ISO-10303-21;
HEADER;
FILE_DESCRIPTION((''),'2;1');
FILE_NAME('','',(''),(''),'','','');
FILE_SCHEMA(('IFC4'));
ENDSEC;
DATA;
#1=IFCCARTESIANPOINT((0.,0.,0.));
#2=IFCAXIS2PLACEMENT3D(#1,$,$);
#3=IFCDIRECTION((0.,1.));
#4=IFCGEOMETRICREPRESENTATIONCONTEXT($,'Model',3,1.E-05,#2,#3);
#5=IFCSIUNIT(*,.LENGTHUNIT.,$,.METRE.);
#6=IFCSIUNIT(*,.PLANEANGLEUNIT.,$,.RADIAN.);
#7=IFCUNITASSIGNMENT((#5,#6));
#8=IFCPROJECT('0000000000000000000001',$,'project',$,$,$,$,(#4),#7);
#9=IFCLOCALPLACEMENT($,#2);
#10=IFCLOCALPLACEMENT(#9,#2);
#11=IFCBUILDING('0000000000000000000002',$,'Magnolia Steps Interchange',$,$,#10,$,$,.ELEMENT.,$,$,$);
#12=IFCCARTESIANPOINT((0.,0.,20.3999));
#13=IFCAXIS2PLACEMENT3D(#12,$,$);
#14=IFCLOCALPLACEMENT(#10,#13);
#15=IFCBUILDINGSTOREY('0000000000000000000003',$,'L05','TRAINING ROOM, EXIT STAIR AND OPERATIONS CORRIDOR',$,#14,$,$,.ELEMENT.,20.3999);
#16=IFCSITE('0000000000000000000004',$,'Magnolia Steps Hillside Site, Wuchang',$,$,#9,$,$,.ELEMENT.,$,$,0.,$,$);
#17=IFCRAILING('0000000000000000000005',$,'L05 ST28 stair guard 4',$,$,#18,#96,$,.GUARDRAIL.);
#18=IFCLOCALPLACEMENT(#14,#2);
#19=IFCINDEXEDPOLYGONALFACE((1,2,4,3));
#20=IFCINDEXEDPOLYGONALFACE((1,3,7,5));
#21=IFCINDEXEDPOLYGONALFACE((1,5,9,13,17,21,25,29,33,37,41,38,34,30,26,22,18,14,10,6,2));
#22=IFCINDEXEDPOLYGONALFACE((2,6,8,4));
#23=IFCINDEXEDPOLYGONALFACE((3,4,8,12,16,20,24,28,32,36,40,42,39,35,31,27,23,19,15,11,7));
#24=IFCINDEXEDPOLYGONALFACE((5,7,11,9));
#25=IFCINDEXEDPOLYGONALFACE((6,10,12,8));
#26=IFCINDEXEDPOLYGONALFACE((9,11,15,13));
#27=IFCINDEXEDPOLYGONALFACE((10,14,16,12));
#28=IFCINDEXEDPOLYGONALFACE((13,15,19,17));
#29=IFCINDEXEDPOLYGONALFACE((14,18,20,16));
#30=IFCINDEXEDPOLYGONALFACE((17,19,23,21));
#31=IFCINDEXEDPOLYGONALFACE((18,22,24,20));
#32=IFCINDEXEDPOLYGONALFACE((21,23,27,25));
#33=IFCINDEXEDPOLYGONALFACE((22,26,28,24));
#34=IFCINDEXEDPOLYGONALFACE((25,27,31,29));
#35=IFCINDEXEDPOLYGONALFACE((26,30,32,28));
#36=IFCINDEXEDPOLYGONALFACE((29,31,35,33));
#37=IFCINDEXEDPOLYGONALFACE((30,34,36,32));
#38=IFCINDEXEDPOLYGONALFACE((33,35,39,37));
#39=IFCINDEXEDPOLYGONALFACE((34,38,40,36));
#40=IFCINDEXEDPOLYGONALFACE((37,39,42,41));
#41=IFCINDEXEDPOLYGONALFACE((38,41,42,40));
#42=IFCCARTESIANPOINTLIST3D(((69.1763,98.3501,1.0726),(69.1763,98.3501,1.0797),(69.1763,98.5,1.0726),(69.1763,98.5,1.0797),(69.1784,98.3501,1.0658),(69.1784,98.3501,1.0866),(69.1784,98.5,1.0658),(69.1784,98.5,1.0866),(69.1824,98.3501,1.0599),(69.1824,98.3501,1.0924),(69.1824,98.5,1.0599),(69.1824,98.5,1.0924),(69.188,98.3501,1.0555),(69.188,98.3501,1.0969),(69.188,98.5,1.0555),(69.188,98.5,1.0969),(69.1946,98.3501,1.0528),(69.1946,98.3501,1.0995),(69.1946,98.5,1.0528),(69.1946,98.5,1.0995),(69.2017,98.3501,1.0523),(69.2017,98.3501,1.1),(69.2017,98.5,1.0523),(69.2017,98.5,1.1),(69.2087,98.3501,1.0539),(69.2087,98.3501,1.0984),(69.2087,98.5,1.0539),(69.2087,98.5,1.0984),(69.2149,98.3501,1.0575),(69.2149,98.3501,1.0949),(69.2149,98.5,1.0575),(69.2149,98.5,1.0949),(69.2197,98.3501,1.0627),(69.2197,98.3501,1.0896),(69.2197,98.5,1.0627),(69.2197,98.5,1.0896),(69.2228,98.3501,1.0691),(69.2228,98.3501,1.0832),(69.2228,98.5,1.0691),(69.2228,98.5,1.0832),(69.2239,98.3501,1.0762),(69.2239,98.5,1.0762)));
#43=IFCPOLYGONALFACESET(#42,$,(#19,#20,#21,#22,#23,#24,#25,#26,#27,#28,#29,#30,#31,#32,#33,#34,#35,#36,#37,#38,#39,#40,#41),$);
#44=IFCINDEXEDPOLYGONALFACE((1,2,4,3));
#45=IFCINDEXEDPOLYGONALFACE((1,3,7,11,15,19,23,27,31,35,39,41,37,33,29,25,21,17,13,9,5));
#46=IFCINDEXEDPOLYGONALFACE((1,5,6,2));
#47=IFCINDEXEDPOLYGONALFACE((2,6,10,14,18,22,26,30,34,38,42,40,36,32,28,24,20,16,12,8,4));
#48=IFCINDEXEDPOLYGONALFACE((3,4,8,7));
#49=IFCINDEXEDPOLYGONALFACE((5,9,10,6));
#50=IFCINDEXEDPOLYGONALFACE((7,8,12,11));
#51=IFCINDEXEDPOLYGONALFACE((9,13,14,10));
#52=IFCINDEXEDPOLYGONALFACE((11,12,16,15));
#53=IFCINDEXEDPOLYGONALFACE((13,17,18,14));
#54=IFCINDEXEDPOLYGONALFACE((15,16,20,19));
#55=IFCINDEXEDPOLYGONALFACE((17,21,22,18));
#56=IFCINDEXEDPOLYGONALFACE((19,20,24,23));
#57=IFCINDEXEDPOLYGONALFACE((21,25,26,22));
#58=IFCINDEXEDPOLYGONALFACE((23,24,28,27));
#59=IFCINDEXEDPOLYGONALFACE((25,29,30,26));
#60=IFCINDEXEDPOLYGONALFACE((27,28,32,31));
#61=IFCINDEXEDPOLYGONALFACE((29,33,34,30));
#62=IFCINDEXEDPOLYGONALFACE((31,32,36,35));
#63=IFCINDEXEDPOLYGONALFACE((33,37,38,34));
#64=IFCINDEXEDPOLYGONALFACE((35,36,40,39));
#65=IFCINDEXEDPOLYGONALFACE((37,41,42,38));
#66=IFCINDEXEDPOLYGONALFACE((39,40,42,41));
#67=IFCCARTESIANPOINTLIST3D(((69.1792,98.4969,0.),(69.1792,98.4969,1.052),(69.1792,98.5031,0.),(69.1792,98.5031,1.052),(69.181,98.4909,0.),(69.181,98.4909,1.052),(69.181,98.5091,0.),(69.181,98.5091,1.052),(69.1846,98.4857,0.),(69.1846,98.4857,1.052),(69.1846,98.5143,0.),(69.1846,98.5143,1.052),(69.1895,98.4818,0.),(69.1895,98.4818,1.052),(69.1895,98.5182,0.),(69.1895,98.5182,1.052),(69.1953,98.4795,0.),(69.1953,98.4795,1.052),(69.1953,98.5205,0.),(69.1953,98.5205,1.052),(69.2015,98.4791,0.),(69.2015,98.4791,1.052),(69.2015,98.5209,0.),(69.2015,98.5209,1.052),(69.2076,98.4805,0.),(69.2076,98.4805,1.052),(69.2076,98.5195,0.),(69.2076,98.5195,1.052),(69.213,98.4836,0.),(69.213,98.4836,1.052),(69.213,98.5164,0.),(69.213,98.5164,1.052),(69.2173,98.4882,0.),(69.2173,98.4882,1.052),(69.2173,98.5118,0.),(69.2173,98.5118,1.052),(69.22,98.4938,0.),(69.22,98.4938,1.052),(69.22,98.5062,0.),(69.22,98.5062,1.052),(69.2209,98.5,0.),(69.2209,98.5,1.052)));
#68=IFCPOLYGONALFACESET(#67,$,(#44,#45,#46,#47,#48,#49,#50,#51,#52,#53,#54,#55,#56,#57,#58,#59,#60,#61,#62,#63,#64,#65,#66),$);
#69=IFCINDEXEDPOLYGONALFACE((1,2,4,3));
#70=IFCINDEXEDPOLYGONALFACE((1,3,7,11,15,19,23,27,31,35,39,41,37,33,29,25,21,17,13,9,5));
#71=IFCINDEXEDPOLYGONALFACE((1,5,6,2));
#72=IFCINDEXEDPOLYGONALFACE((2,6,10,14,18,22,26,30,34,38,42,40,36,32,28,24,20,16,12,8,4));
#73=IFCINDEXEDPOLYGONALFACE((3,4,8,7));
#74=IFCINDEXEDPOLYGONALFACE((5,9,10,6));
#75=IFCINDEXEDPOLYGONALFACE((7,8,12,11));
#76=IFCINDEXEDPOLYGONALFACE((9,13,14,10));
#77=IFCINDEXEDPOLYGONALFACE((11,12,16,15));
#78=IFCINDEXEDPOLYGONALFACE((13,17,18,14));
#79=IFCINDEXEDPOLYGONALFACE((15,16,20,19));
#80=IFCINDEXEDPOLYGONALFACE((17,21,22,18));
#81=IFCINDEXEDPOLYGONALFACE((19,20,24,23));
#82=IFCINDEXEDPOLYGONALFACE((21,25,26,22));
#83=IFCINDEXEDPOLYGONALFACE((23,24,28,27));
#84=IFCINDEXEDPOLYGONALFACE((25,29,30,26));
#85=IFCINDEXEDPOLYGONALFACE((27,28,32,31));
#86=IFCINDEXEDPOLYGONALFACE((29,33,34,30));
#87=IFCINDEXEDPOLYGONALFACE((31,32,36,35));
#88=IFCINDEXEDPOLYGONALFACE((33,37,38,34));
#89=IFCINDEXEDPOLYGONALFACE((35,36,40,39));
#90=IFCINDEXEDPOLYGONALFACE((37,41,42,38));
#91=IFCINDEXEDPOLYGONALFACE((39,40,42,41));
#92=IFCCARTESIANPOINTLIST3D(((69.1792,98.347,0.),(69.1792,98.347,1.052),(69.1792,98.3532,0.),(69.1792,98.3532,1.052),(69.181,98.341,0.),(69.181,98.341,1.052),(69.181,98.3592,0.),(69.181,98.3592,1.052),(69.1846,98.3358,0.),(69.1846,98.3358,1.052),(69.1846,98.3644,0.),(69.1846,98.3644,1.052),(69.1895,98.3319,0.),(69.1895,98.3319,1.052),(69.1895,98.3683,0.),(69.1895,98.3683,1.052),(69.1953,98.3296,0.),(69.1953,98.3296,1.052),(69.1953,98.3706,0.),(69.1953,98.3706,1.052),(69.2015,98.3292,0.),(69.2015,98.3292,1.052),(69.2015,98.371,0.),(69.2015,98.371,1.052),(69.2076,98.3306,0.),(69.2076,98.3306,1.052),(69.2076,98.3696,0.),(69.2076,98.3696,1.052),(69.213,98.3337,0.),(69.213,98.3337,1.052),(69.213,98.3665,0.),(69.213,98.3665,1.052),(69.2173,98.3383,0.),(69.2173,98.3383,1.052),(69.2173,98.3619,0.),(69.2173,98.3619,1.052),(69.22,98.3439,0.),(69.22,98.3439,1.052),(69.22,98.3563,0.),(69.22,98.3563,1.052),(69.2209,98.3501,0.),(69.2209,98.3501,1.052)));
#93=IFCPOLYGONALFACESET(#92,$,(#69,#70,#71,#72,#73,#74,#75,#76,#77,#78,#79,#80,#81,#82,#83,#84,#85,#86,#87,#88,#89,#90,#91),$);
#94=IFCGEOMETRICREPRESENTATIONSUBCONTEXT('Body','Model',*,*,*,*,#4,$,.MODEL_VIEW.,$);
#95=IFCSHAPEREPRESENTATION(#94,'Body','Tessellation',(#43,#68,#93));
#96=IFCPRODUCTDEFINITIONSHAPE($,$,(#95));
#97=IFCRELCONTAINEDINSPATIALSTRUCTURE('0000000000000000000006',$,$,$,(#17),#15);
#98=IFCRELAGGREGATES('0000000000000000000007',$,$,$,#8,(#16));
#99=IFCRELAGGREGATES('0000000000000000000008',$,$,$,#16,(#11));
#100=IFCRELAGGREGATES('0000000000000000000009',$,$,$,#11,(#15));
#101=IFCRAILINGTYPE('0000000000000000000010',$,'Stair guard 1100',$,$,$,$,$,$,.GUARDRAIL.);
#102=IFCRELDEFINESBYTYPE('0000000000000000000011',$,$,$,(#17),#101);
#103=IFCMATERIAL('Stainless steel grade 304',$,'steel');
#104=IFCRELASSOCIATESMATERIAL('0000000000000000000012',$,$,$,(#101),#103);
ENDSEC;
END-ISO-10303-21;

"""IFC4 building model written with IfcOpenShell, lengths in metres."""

from ifc_helpers import new_model, si_unit, direction, frame, origin, origin_2d, place, context, subcontext, project, spatial, circle, extrude, material, type_object, element, save


model = new_model("IFC4")

# Units and contexts
model_context = context("Model", 3, precision=1e-05, world=origin(), true_north=direction((0.0, 1.0)))
body_context = subcontext(model_context, "Body", "Model", "MODEL_VIEW")
ifc_project = project(units=[si_unit("LENGTHUNIT", "METRE"), si_unit("PLANEANGLEUNIT", "RADIAN")], contexts=[model_context])

# Site, building, storey
site_placement = place(None, origin())
site = spatial("IfcSite", under=ifc_project, at=site_placement, Name="Magnolia Steps Hillside Site, Wuchang", CompositionType="ELEMENT", RefElevation=0.0)
building_placement = place(site_placement, origin())
building = spatial("IfcBuilding", under=site, at=building_placement, Name="Magnolia Steps Interchange", CompositionType="ELEMENT")
storey_placement = place(building_placement, frame((0.0, 0.0, 20.3999)))
storey = spatial("IfcBuildingStorey", under=building, at=storey_placement, Name="L05", Description="TRAINING ROOM, EXIT STAIR AND OPERATIONS CORRIDOR", CompositionType="ELEMENT", Elevation=20.3999)

# Railing
ifc_material_1 = material(Name="Stainless steel grade 304", Category="steel")
railing_type_1 = type_object("IfcRailingType", Name="Stair guard 1100", PredefinedType="GUARDRAIL", material=ifc_material_1)
railing_1_placement = place(storey_placement, frame((69.2, 98.5, 0.0)))
element("IfcRailing", 1, at=railing_1_placement, inside=storey, type_object=railing_type_1, Name="L05 ST28 stair guard 4", PredefinedType="GUARDRAIL", context=body_context, shape_type="SweptSolid", body=[
    extrude(circle(Radius=0.0239, at=origin_2d()), frame((0.0, 0.0, 1.0762), z_axis=(0.0, -1.0, 0.0), x_axis=(1.0, 0.0, 0.0)), (0.0, 0.0, 1.0), 0.1499),
    extrude(circle(Radius=0.021, at=origin_2d()), origin(), (0.0, 0.0, 1.0), 1.052),
    extrude(circle(Radius=0.021, at=origin_2d()), frame((0.0, -0.1499, 0.0)), (0.0, 0.0, 1.0), 1.052),
])

save(model, "model.ifc")
